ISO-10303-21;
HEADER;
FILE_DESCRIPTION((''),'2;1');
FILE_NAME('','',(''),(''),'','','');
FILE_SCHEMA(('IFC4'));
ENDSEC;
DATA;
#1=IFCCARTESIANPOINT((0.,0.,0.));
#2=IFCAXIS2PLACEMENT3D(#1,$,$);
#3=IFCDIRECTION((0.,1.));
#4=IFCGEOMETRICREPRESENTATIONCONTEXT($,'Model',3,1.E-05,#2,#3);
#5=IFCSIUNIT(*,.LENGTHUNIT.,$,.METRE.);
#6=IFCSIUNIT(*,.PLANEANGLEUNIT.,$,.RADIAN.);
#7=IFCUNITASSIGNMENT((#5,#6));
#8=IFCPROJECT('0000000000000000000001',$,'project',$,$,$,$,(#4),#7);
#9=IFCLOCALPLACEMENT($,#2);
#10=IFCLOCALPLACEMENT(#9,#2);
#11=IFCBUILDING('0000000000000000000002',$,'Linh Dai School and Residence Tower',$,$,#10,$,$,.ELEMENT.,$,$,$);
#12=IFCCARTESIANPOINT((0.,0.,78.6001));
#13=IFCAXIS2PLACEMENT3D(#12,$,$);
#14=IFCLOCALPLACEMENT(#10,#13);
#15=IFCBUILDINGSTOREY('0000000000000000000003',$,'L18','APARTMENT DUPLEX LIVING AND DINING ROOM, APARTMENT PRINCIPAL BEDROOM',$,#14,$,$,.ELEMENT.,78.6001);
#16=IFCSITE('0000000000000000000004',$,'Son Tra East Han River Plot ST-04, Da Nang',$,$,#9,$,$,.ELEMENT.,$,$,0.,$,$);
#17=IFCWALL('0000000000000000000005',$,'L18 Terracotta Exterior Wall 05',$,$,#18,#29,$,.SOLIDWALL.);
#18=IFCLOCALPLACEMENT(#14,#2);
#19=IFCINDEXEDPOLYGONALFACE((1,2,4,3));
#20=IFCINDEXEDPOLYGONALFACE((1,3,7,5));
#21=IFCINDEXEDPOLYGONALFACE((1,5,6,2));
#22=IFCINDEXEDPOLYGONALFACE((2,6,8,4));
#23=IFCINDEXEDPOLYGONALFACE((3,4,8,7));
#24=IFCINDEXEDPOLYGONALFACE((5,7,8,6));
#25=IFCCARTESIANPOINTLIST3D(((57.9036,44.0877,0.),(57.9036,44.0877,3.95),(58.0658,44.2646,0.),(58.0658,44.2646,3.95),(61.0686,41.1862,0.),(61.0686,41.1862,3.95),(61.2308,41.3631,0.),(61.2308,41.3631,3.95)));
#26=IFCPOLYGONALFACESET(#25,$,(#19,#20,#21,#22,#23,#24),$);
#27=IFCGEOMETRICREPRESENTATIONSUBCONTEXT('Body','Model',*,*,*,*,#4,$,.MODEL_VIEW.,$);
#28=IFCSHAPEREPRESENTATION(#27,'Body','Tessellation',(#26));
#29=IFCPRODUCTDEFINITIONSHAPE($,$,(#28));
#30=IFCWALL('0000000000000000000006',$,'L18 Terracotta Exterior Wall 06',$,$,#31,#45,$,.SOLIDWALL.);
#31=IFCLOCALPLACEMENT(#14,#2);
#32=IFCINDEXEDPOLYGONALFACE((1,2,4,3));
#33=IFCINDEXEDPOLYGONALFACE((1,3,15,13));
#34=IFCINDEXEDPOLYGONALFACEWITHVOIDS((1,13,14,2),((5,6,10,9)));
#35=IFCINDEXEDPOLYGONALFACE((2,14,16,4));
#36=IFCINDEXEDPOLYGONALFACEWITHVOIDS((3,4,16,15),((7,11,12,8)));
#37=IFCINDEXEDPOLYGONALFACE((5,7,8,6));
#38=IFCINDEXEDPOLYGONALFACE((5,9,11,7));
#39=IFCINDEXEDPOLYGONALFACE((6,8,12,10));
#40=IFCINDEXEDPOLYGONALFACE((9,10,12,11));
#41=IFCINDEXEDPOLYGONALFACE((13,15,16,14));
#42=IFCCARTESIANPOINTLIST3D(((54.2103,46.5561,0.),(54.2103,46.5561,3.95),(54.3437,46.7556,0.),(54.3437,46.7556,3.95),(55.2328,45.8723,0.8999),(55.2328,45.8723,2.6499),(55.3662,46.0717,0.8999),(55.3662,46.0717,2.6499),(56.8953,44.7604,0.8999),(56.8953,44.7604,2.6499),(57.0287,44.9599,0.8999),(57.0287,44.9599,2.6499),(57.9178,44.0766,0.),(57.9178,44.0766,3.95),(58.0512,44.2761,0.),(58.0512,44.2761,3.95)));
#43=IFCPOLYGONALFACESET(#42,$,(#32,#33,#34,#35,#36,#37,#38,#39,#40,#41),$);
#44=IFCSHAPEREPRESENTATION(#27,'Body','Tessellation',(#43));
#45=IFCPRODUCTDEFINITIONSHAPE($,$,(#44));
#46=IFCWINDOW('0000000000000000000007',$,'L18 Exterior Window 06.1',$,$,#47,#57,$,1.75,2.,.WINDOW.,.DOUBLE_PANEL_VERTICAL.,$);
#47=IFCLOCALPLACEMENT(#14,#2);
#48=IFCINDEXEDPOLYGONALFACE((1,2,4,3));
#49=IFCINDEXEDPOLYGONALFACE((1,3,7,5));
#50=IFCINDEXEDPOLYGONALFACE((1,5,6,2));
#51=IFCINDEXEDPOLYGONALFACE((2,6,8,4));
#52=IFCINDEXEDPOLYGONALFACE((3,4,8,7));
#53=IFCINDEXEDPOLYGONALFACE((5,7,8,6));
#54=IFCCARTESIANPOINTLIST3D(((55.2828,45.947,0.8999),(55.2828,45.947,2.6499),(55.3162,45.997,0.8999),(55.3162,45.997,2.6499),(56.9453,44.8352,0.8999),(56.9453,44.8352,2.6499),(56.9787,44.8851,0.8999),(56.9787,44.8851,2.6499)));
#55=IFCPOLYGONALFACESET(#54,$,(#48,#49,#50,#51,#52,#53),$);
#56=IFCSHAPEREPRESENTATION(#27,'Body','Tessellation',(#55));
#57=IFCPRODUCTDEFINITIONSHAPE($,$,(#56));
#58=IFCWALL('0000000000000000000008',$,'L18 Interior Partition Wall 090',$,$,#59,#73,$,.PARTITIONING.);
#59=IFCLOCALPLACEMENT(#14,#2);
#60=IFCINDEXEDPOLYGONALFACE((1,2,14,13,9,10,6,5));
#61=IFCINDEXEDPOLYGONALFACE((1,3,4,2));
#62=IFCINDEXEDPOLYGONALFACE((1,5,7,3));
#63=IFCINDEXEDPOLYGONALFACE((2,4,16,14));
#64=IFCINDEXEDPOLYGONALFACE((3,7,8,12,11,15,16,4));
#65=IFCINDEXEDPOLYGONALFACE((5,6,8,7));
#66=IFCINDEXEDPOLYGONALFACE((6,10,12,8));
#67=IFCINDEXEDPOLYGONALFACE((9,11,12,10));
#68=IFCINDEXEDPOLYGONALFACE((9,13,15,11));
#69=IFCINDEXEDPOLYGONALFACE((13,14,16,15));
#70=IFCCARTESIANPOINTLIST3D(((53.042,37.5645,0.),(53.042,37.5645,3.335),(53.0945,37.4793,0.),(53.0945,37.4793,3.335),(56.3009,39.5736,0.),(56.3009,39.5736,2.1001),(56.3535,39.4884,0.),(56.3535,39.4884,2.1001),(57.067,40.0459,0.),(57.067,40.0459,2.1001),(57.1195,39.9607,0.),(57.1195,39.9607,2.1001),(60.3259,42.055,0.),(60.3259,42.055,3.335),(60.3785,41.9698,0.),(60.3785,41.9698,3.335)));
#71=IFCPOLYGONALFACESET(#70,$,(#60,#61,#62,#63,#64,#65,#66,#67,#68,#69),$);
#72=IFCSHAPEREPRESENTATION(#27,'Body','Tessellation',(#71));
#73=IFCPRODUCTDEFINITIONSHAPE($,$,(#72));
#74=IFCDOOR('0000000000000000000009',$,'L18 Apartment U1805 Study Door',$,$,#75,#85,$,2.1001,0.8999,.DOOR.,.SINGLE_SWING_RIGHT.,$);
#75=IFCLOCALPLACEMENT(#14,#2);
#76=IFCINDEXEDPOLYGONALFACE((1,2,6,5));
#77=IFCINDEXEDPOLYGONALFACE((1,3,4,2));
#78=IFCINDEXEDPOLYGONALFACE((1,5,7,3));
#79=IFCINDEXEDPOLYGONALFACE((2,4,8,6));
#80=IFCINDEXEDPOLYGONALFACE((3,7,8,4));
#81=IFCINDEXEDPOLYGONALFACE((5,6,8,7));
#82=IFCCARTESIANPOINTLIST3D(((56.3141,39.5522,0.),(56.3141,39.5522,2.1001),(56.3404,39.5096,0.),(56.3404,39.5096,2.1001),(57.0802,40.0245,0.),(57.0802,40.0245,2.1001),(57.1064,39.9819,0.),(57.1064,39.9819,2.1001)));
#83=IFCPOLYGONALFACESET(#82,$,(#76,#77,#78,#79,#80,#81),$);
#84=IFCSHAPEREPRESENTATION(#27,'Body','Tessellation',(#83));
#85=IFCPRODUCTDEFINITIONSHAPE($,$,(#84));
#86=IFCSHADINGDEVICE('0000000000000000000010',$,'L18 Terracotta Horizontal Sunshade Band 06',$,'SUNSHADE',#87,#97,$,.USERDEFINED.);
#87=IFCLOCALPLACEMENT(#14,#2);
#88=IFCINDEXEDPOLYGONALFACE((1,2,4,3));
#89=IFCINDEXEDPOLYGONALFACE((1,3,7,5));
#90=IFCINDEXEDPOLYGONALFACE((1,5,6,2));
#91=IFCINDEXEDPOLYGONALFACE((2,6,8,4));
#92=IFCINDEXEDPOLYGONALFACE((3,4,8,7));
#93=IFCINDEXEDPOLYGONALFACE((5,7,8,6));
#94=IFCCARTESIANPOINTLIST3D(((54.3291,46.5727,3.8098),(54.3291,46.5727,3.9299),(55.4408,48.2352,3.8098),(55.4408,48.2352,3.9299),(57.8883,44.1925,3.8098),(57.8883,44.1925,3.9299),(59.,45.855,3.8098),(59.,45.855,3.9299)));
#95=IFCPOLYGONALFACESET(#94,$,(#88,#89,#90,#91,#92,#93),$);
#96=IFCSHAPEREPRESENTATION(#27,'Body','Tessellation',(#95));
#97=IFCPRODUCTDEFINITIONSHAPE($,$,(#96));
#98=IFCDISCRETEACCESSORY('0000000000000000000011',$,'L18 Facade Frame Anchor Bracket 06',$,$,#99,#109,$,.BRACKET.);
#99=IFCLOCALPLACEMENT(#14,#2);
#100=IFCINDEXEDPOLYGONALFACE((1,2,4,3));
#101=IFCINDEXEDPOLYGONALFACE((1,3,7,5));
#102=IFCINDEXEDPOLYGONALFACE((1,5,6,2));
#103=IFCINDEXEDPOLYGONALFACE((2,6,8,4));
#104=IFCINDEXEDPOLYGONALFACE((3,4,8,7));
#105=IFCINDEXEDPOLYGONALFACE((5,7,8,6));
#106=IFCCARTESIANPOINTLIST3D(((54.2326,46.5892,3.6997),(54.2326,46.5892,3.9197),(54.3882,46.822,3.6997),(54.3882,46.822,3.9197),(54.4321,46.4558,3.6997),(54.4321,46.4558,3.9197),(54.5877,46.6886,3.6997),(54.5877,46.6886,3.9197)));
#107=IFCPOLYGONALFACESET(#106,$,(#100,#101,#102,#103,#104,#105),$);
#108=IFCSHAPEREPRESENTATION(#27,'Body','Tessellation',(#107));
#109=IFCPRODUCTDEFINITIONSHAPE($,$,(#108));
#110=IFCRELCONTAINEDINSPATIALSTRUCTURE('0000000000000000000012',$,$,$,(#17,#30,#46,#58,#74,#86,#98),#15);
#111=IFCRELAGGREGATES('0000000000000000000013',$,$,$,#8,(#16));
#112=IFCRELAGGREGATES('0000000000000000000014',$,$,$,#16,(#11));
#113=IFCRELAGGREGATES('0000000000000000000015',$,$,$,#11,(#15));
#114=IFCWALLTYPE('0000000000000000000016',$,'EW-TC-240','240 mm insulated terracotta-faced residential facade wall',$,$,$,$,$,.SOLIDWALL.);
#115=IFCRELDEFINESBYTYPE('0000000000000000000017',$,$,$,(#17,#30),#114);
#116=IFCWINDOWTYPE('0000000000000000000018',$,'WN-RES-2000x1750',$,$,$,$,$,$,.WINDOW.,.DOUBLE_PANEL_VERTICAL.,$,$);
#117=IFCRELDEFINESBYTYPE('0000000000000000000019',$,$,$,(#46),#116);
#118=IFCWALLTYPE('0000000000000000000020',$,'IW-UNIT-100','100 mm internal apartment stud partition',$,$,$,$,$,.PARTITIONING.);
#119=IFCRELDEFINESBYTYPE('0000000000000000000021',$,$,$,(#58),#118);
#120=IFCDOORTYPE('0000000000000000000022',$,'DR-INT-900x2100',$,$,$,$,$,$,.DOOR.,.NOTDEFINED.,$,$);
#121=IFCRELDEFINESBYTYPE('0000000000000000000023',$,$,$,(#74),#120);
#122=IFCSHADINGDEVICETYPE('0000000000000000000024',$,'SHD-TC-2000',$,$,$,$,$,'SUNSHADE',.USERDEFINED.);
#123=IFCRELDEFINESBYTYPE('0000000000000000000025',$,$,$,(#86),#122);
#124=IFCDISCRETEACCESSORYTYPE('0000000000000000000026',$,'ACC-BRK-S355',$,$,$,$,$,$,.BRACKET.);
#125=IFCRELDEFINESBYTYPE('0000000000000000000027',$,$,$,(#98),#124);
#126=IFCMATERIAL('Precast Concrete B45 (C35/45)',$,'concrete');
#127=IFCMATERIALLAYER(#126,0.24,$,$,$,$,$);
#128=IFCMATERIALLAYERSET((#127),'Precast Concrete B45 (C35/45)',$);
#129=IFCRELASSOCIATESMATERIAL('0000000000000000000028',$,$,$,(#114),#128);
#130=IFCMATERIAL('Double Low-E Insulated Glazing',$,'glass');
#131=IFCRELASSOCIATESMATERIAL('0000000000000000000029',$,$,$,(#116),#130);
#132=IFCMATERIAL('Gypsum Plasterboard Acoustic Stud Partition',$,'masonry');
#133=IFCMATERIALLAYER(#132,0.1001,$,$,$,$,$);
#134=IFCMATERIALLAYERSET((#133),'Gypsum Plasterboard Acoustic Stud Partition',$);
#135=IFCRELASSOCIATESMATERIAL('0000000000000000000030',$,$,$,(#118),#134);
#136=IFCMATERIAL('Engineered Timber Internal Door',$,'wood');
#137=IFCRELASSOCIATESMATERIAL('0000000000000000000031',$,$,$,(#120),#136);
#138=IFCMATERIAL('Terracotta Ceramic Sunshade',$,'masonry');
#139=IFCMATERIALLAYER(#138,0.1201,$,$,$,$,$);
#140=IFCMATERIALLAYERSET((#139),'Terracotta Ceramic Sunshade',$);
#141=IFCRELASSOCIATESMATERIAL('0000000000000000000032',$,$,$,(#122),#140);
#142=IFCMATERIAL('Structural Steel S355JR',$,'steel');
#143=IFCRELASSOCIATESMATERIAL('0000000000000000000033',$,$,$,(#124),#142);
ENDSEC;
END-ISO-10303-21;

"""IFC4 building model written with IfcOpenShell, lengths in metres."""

from ifc_helpers import new_model, si_unit, direction, frame, frame_2d, origin, origin_2d, place, context, subcontext, project, spatial, rectangle, extrude, source, transform, mapped, material, layer, layer_set, type_object, element, fill, save


model = new_model("IFC4")

# Units and contexts
model_context = context("Model", 3, precision=1e-05, world=origin(), true_north=direction((0.0, 1.0)))
body_context = subcontext(model_context, "Body", "Model", "MODEL_VIEW")
ifc_project = project(units=[si_unit("LENGTHUNIT", "METRE"), si_unit("PLANEANGLEUNIT", "RADIAN")], contexts=[model_context])

# Site, building, storey
site_placement = place(None, origin())
site = spatial("IfcSite", under=ifc_project, at=site_placement, Name="Son Tra East Han River Plot ST-04, Da Nang", CompositionType="ELEMENT", RefElevation=0.0)
building_placement = place(site_placement, origin())
building = spatial("IfcBuilding", under=site, at=building_placement, Name="Linh Dai School and Residence Tower", CompositionType="ELEMENT")
storey_placement = place(building_placement, frame((0.0, 0.0, 78.6001)))
storey = spatial("IfcBuildingStorey", under=building, at=storey_placement, Name="L18", Description="APARTMENT DUPLEX LIVING AND DINING ROOM, APARTMENT PRINCIPAL BEDROOM", CompositionType="ELEMENT", Elevation=78.6001)

# Shared definitions
ifc_material_1 = material(Name="Structural Steel S355JR", Category="steel")

# Shared definitions
ifc_material_2 = material(Name="Precast Concrete B45 (C35/45)", Category="concrete")
ifc_material_3 = material(Name="Double Low-E Insulated Glazing", Category="glass")

# Shared definitions
ifc_layer_1 = layer(ifc_material_2, 0.24)
ifc_layer_set_1 = layer_set([ifc_layer_1], Name="Precast Concrete B45 (C35/45)")
wall_type_1 = type_object("IfcWallType", Name="EW-TC-240", Description="240 mm insulated terracotta-faced residential facade wall", PredefinedType="SOLIDWALL", material=ifc_layer_set_1)

# Wall
wall_1_placement = place(storey_placement, frame((57.9846, 44.1763, 0.0), z_axis=(0.0, 0.0, 1.0), x_axis=(0.737116, -0.675766, 0.0)))
element("IfcWall", 1, at=wall_1_placement, inside=storey, type_object=wall_type_1, Name="L18 Terracotta Exterior Wall 05", PredefinedType="SOLIDWALL", context=body_context, shape_type="SweptSolid", body=[
    extrude(rectangle(XDim=4.2937, YDim=0.24, at=frame_2d((2.147, 0.0))), origin(), (0.0, 0.0, 1.0), 3.95),
])

# Wall, opening, window
wall_2_placement = place(storey_placement, frame((54.2771, 46.6558, 0.0), z_axis=(0.0, 0.0, 1.0), x_axis=(0.831241, -0.555912, 0.0)))
wall_2 = element("IfcWall", 2, at=wall_2_placement, inside=storey, type_object=wall_type_1, Name="L18 Terracotta Exterior Wall 06", PredefinedType="SOLIDWALL", context=body_context, shape_type="SweptSolid", body=[
    extrude(rectangle(XDim=4.4602, YDim=0.24, at=frame_2d((2.23, 0.0))), origin(), (0.0, 0.0, 1.0), 3.95),
])
opening_1_placement = place(wall_2_placement, frame((1.23, 0.0, 0.8999)))
opening_1 = element("IfcOpeningElement", 3, at=opening_1_placement, cuts=wall_2, PredefinedType="OPENING", context=body_context, shape_type="SweptSolid", body=[
    extrude(rectangle(XDim=2.0, YDim=1.75, at=origin_2d()), frame((1.0, 0.1299, 0.875), z_axis=(0.0, -1.0, 0.0), x_axis=(1.0, 0.0, 0.0)), (0.0, 0.0, 1.0), 0.26),
])
window_type_1 = type_object("IfcWindowType", Name="WN-RES-2000x1750", PartitioningType="DOUBLE_PANEL_VERTICAL", PredefinedType="WINDOW", material=ifc_material_3)
shared_shape_1 = source(origin(), body_context, "Body", "SweptSolid", [
    extrude(rectangle(XDim=2.0, YDim=1.75, at=origin_2d()), frame((1.0, 0.03, 0.875), z_axis=(0.0, -1.0, 0.0), x_axis=(1.0, 0.0, 0.0)), (0.0, 0.0, 1.0), 0.0601),
])
window_1_placement = place(opening_1_placement, origin())
window_1 = element("IfcWindow", 4, at=window_1_placement, inside=storey, type_object=window_type_1, Name="L18 Exterior Window 06.1", OverallHeight=1.75, OverallWidth=2.0, PartitioningType="DOUBLE_PANEL_VERTICAL", PredefinedType="WINDOW", context=body_context, shape_type="MappedRepresentation", body=[
    mapped(shared_shape_1, transform((0.0, 0.0, 0.0), x_axis=(1.0, 0.0, 0.0), y_axis=(0.0, 1.0, 0.0), z_axis=(0.0, 0.0, 1.0), scale=1.0)),
])
fill(opening_1, window_1)

# Wall, opening, door
ifc_material_4 = material(Name="Gypsum Plasterboard Acoustic Stud Partition", Category="masonry")
ifc_layer_2 = layer(ifc_material_4, 0.1001)
ifc_layer_set_2 = layer_set([ifc_layer_2], Name="Gypsum Plasterboard Acoustic Stud Partition")
wall_type_2 = type_object("IfcWallType", Name="IW-UNIT-100", Description="100 mm internal apartment stud partition", PredefinedType="PARTITIONING", material=ifc_layer_set_2)
wall_3_placement = place(storey_placement, frame((53.0684, 37.522, 0.0), z_axis=(0.0, 0.0, 1.0), x_axis=(0.851238, 0.52478, 0.0)))
wall_3 = element("IfcWall", 5, at=wall_3_placement, inside=storey, type_object=wall_type_2, Name="L18 Interior Partition Wall 090", PredefinedType="PARTITIONING", context=body_context, shape_type="SweptSolid", body=[
    extrude(rectangle(XDim=8.5569, YDim=0.1001, at=frame_2d((4.2783, 0.0))), origin(), (0.0, 0.0, 1.0), 3.335),
])
opening_2_placement = place(wall_3_placement, frame((3.8284, 0.0, 0.0)))
opening_2 = element("IfcOpeningElement", 6, at=opening_2_placement, cuts=wall_3, PredefinedType="OPENING", context=body_context, shape_type="SweptSolid", body=[
    extrude(rectangle(XDim=0.8999, YDim=2.1001, at=origin_2d()), frame((0.45, 0.0601, 1.05), z_axis=(0.0, -1.0, 0.0), x_axis=(1.0, 0.0, 0.0)), (0.0, 0.0, 1.0), 0.1201),
])
ifc_material_5 = material(Name="Engineered Timber Internal Door", Category="wood")
door_type = type_object("IfcDoorType", Name="DR-INT-900x2100", OperationType="NOTDEFINED", PredefinedType="DOOR", material=ifc_material_5)
shared_shape_2 = source(origin(), body_context, "Body", "SweptSolid", [
    extrude(rectangle(XDim=0.8999, YDim=2.1001, at=origin_2d()), frame((0.45, 0.0249, 1.05), z_axis=(0.0, -1.0, 0.0), x_axis=(1.0, 0.0, 0.0)), (0.0, 0.0, 1.0), 0.05),
])
door_placement = place(opening_2_placement, origin())
door = element("IfcDoor", 7, at=door_placement, inside=storey, type_object=door_type, Name="L18 Apartment U1805 Study Door", OperationType="SINGLE_SWING_RIGHT", OverallHeight=2.1001, OverallWidth=0.8999, PredefinedType="DOOR", context=body_context, shape_type="MappedRepresentation", body=[
    mapped(shared_shape_2, transform((0.0, 0.0, 0.0), x_axis=(1.0, 0.0, 0.0), y_axis=(0.0, 1.0, 0.0), z_axis=(0.0, 0.0, 1.0), scale=1.0)),
])
fill(opening_2, door)

# Shading device
ifc_material_6 = material(Name="Terracotta Ceramic Sunshade", Category="masonry")
ifc_layer_3 = layer(ifc_material_6, 0.1201)
ifc_layer_set_3 = layer_set([ifc_layer_3], Name="Terracotta Ceramic Sunshade")
shading_device_type = type_object("IfcShadingDeviceType", Name="SHD-TC-2000", ElementType="SUNSHADE", PredefinedType="USERDEFINED", material=ifc_layer_set_3)
shared_shape_3 = source(origin(), body_context, "Body", "SweptSolid", [
    extrude(rectangle(XDim=4.2817, YDim=2.0, at=origin_2d()), origin(), (0.0, 0.0, 1.0), 0.1201),
])
shading_device_placement = place(storey_placement, frame((56.6646, 46.2139, 3.8098), z_axis=(0.0, 0.0, 1.0), x_axis=(0.831251, -0.555898, 0.0)))
element("IfcShadingDevice", 8, at=shading_device_placement, inside=storey, type_object=shading_device_type, Name="L18 Terracotta Horizontal Sunshade Band 06", ObjectType="SUNSHADE", PredefinedType="USERDEFINED", context=body_context, shape_type="MappedRepresentation", body=[
    mapped(shared_shape_3, transform((0.0, 0.0, 0.0), x_axis=(1.0, 0.0, 0.0), y_axis=(0.0, 1.0, 0.0), z_axis=(0.0, 0.0, 1.0), scale=1.0)),
])

# Discrete accessory
discrete_accessory_type = type_object("IfcDiscreteAccessoryType", Name="ACC-BRK-S355", PredefinedType="BRACKET", material=ifc_material_1)
shared_shape_4 = source(origin(), body_context, "Body", "SweptSolid", [
    extrude(rectangle(XDim=0.28, YDim=0.24, at=origin_2d()), origin(), (0.0, 0.0, 1.0), 0.22),
])
discrete_accessory_placement = place(storey_placement, frame((54.4102, 46.6389, 3.6997), z_axis=(0.0, 0.0, 1.0), x_axis=(0.555898, 0.831251, 0.0)))
element("IfcDiscreteAccessory", 9, at=discrete_accessory_placement, inside=storey, type_object=discrete_accessory_type, Name="L18 Facade Frame Anchor Bracket 06", PredefinedType="BRACKET", context=body_context, shape_type="MappedRepresentation", body=[
    mapped(shared_shape_4, transform((0.0, 0.0, 0.0), x_axis=(1.0, 0.0, 0.0), y_axis=(0.0, 1.0, 0.0), z_axis=(0.0, 0.0, 1.0), scale=1.0)),
])

save(model, "model.ifc")
